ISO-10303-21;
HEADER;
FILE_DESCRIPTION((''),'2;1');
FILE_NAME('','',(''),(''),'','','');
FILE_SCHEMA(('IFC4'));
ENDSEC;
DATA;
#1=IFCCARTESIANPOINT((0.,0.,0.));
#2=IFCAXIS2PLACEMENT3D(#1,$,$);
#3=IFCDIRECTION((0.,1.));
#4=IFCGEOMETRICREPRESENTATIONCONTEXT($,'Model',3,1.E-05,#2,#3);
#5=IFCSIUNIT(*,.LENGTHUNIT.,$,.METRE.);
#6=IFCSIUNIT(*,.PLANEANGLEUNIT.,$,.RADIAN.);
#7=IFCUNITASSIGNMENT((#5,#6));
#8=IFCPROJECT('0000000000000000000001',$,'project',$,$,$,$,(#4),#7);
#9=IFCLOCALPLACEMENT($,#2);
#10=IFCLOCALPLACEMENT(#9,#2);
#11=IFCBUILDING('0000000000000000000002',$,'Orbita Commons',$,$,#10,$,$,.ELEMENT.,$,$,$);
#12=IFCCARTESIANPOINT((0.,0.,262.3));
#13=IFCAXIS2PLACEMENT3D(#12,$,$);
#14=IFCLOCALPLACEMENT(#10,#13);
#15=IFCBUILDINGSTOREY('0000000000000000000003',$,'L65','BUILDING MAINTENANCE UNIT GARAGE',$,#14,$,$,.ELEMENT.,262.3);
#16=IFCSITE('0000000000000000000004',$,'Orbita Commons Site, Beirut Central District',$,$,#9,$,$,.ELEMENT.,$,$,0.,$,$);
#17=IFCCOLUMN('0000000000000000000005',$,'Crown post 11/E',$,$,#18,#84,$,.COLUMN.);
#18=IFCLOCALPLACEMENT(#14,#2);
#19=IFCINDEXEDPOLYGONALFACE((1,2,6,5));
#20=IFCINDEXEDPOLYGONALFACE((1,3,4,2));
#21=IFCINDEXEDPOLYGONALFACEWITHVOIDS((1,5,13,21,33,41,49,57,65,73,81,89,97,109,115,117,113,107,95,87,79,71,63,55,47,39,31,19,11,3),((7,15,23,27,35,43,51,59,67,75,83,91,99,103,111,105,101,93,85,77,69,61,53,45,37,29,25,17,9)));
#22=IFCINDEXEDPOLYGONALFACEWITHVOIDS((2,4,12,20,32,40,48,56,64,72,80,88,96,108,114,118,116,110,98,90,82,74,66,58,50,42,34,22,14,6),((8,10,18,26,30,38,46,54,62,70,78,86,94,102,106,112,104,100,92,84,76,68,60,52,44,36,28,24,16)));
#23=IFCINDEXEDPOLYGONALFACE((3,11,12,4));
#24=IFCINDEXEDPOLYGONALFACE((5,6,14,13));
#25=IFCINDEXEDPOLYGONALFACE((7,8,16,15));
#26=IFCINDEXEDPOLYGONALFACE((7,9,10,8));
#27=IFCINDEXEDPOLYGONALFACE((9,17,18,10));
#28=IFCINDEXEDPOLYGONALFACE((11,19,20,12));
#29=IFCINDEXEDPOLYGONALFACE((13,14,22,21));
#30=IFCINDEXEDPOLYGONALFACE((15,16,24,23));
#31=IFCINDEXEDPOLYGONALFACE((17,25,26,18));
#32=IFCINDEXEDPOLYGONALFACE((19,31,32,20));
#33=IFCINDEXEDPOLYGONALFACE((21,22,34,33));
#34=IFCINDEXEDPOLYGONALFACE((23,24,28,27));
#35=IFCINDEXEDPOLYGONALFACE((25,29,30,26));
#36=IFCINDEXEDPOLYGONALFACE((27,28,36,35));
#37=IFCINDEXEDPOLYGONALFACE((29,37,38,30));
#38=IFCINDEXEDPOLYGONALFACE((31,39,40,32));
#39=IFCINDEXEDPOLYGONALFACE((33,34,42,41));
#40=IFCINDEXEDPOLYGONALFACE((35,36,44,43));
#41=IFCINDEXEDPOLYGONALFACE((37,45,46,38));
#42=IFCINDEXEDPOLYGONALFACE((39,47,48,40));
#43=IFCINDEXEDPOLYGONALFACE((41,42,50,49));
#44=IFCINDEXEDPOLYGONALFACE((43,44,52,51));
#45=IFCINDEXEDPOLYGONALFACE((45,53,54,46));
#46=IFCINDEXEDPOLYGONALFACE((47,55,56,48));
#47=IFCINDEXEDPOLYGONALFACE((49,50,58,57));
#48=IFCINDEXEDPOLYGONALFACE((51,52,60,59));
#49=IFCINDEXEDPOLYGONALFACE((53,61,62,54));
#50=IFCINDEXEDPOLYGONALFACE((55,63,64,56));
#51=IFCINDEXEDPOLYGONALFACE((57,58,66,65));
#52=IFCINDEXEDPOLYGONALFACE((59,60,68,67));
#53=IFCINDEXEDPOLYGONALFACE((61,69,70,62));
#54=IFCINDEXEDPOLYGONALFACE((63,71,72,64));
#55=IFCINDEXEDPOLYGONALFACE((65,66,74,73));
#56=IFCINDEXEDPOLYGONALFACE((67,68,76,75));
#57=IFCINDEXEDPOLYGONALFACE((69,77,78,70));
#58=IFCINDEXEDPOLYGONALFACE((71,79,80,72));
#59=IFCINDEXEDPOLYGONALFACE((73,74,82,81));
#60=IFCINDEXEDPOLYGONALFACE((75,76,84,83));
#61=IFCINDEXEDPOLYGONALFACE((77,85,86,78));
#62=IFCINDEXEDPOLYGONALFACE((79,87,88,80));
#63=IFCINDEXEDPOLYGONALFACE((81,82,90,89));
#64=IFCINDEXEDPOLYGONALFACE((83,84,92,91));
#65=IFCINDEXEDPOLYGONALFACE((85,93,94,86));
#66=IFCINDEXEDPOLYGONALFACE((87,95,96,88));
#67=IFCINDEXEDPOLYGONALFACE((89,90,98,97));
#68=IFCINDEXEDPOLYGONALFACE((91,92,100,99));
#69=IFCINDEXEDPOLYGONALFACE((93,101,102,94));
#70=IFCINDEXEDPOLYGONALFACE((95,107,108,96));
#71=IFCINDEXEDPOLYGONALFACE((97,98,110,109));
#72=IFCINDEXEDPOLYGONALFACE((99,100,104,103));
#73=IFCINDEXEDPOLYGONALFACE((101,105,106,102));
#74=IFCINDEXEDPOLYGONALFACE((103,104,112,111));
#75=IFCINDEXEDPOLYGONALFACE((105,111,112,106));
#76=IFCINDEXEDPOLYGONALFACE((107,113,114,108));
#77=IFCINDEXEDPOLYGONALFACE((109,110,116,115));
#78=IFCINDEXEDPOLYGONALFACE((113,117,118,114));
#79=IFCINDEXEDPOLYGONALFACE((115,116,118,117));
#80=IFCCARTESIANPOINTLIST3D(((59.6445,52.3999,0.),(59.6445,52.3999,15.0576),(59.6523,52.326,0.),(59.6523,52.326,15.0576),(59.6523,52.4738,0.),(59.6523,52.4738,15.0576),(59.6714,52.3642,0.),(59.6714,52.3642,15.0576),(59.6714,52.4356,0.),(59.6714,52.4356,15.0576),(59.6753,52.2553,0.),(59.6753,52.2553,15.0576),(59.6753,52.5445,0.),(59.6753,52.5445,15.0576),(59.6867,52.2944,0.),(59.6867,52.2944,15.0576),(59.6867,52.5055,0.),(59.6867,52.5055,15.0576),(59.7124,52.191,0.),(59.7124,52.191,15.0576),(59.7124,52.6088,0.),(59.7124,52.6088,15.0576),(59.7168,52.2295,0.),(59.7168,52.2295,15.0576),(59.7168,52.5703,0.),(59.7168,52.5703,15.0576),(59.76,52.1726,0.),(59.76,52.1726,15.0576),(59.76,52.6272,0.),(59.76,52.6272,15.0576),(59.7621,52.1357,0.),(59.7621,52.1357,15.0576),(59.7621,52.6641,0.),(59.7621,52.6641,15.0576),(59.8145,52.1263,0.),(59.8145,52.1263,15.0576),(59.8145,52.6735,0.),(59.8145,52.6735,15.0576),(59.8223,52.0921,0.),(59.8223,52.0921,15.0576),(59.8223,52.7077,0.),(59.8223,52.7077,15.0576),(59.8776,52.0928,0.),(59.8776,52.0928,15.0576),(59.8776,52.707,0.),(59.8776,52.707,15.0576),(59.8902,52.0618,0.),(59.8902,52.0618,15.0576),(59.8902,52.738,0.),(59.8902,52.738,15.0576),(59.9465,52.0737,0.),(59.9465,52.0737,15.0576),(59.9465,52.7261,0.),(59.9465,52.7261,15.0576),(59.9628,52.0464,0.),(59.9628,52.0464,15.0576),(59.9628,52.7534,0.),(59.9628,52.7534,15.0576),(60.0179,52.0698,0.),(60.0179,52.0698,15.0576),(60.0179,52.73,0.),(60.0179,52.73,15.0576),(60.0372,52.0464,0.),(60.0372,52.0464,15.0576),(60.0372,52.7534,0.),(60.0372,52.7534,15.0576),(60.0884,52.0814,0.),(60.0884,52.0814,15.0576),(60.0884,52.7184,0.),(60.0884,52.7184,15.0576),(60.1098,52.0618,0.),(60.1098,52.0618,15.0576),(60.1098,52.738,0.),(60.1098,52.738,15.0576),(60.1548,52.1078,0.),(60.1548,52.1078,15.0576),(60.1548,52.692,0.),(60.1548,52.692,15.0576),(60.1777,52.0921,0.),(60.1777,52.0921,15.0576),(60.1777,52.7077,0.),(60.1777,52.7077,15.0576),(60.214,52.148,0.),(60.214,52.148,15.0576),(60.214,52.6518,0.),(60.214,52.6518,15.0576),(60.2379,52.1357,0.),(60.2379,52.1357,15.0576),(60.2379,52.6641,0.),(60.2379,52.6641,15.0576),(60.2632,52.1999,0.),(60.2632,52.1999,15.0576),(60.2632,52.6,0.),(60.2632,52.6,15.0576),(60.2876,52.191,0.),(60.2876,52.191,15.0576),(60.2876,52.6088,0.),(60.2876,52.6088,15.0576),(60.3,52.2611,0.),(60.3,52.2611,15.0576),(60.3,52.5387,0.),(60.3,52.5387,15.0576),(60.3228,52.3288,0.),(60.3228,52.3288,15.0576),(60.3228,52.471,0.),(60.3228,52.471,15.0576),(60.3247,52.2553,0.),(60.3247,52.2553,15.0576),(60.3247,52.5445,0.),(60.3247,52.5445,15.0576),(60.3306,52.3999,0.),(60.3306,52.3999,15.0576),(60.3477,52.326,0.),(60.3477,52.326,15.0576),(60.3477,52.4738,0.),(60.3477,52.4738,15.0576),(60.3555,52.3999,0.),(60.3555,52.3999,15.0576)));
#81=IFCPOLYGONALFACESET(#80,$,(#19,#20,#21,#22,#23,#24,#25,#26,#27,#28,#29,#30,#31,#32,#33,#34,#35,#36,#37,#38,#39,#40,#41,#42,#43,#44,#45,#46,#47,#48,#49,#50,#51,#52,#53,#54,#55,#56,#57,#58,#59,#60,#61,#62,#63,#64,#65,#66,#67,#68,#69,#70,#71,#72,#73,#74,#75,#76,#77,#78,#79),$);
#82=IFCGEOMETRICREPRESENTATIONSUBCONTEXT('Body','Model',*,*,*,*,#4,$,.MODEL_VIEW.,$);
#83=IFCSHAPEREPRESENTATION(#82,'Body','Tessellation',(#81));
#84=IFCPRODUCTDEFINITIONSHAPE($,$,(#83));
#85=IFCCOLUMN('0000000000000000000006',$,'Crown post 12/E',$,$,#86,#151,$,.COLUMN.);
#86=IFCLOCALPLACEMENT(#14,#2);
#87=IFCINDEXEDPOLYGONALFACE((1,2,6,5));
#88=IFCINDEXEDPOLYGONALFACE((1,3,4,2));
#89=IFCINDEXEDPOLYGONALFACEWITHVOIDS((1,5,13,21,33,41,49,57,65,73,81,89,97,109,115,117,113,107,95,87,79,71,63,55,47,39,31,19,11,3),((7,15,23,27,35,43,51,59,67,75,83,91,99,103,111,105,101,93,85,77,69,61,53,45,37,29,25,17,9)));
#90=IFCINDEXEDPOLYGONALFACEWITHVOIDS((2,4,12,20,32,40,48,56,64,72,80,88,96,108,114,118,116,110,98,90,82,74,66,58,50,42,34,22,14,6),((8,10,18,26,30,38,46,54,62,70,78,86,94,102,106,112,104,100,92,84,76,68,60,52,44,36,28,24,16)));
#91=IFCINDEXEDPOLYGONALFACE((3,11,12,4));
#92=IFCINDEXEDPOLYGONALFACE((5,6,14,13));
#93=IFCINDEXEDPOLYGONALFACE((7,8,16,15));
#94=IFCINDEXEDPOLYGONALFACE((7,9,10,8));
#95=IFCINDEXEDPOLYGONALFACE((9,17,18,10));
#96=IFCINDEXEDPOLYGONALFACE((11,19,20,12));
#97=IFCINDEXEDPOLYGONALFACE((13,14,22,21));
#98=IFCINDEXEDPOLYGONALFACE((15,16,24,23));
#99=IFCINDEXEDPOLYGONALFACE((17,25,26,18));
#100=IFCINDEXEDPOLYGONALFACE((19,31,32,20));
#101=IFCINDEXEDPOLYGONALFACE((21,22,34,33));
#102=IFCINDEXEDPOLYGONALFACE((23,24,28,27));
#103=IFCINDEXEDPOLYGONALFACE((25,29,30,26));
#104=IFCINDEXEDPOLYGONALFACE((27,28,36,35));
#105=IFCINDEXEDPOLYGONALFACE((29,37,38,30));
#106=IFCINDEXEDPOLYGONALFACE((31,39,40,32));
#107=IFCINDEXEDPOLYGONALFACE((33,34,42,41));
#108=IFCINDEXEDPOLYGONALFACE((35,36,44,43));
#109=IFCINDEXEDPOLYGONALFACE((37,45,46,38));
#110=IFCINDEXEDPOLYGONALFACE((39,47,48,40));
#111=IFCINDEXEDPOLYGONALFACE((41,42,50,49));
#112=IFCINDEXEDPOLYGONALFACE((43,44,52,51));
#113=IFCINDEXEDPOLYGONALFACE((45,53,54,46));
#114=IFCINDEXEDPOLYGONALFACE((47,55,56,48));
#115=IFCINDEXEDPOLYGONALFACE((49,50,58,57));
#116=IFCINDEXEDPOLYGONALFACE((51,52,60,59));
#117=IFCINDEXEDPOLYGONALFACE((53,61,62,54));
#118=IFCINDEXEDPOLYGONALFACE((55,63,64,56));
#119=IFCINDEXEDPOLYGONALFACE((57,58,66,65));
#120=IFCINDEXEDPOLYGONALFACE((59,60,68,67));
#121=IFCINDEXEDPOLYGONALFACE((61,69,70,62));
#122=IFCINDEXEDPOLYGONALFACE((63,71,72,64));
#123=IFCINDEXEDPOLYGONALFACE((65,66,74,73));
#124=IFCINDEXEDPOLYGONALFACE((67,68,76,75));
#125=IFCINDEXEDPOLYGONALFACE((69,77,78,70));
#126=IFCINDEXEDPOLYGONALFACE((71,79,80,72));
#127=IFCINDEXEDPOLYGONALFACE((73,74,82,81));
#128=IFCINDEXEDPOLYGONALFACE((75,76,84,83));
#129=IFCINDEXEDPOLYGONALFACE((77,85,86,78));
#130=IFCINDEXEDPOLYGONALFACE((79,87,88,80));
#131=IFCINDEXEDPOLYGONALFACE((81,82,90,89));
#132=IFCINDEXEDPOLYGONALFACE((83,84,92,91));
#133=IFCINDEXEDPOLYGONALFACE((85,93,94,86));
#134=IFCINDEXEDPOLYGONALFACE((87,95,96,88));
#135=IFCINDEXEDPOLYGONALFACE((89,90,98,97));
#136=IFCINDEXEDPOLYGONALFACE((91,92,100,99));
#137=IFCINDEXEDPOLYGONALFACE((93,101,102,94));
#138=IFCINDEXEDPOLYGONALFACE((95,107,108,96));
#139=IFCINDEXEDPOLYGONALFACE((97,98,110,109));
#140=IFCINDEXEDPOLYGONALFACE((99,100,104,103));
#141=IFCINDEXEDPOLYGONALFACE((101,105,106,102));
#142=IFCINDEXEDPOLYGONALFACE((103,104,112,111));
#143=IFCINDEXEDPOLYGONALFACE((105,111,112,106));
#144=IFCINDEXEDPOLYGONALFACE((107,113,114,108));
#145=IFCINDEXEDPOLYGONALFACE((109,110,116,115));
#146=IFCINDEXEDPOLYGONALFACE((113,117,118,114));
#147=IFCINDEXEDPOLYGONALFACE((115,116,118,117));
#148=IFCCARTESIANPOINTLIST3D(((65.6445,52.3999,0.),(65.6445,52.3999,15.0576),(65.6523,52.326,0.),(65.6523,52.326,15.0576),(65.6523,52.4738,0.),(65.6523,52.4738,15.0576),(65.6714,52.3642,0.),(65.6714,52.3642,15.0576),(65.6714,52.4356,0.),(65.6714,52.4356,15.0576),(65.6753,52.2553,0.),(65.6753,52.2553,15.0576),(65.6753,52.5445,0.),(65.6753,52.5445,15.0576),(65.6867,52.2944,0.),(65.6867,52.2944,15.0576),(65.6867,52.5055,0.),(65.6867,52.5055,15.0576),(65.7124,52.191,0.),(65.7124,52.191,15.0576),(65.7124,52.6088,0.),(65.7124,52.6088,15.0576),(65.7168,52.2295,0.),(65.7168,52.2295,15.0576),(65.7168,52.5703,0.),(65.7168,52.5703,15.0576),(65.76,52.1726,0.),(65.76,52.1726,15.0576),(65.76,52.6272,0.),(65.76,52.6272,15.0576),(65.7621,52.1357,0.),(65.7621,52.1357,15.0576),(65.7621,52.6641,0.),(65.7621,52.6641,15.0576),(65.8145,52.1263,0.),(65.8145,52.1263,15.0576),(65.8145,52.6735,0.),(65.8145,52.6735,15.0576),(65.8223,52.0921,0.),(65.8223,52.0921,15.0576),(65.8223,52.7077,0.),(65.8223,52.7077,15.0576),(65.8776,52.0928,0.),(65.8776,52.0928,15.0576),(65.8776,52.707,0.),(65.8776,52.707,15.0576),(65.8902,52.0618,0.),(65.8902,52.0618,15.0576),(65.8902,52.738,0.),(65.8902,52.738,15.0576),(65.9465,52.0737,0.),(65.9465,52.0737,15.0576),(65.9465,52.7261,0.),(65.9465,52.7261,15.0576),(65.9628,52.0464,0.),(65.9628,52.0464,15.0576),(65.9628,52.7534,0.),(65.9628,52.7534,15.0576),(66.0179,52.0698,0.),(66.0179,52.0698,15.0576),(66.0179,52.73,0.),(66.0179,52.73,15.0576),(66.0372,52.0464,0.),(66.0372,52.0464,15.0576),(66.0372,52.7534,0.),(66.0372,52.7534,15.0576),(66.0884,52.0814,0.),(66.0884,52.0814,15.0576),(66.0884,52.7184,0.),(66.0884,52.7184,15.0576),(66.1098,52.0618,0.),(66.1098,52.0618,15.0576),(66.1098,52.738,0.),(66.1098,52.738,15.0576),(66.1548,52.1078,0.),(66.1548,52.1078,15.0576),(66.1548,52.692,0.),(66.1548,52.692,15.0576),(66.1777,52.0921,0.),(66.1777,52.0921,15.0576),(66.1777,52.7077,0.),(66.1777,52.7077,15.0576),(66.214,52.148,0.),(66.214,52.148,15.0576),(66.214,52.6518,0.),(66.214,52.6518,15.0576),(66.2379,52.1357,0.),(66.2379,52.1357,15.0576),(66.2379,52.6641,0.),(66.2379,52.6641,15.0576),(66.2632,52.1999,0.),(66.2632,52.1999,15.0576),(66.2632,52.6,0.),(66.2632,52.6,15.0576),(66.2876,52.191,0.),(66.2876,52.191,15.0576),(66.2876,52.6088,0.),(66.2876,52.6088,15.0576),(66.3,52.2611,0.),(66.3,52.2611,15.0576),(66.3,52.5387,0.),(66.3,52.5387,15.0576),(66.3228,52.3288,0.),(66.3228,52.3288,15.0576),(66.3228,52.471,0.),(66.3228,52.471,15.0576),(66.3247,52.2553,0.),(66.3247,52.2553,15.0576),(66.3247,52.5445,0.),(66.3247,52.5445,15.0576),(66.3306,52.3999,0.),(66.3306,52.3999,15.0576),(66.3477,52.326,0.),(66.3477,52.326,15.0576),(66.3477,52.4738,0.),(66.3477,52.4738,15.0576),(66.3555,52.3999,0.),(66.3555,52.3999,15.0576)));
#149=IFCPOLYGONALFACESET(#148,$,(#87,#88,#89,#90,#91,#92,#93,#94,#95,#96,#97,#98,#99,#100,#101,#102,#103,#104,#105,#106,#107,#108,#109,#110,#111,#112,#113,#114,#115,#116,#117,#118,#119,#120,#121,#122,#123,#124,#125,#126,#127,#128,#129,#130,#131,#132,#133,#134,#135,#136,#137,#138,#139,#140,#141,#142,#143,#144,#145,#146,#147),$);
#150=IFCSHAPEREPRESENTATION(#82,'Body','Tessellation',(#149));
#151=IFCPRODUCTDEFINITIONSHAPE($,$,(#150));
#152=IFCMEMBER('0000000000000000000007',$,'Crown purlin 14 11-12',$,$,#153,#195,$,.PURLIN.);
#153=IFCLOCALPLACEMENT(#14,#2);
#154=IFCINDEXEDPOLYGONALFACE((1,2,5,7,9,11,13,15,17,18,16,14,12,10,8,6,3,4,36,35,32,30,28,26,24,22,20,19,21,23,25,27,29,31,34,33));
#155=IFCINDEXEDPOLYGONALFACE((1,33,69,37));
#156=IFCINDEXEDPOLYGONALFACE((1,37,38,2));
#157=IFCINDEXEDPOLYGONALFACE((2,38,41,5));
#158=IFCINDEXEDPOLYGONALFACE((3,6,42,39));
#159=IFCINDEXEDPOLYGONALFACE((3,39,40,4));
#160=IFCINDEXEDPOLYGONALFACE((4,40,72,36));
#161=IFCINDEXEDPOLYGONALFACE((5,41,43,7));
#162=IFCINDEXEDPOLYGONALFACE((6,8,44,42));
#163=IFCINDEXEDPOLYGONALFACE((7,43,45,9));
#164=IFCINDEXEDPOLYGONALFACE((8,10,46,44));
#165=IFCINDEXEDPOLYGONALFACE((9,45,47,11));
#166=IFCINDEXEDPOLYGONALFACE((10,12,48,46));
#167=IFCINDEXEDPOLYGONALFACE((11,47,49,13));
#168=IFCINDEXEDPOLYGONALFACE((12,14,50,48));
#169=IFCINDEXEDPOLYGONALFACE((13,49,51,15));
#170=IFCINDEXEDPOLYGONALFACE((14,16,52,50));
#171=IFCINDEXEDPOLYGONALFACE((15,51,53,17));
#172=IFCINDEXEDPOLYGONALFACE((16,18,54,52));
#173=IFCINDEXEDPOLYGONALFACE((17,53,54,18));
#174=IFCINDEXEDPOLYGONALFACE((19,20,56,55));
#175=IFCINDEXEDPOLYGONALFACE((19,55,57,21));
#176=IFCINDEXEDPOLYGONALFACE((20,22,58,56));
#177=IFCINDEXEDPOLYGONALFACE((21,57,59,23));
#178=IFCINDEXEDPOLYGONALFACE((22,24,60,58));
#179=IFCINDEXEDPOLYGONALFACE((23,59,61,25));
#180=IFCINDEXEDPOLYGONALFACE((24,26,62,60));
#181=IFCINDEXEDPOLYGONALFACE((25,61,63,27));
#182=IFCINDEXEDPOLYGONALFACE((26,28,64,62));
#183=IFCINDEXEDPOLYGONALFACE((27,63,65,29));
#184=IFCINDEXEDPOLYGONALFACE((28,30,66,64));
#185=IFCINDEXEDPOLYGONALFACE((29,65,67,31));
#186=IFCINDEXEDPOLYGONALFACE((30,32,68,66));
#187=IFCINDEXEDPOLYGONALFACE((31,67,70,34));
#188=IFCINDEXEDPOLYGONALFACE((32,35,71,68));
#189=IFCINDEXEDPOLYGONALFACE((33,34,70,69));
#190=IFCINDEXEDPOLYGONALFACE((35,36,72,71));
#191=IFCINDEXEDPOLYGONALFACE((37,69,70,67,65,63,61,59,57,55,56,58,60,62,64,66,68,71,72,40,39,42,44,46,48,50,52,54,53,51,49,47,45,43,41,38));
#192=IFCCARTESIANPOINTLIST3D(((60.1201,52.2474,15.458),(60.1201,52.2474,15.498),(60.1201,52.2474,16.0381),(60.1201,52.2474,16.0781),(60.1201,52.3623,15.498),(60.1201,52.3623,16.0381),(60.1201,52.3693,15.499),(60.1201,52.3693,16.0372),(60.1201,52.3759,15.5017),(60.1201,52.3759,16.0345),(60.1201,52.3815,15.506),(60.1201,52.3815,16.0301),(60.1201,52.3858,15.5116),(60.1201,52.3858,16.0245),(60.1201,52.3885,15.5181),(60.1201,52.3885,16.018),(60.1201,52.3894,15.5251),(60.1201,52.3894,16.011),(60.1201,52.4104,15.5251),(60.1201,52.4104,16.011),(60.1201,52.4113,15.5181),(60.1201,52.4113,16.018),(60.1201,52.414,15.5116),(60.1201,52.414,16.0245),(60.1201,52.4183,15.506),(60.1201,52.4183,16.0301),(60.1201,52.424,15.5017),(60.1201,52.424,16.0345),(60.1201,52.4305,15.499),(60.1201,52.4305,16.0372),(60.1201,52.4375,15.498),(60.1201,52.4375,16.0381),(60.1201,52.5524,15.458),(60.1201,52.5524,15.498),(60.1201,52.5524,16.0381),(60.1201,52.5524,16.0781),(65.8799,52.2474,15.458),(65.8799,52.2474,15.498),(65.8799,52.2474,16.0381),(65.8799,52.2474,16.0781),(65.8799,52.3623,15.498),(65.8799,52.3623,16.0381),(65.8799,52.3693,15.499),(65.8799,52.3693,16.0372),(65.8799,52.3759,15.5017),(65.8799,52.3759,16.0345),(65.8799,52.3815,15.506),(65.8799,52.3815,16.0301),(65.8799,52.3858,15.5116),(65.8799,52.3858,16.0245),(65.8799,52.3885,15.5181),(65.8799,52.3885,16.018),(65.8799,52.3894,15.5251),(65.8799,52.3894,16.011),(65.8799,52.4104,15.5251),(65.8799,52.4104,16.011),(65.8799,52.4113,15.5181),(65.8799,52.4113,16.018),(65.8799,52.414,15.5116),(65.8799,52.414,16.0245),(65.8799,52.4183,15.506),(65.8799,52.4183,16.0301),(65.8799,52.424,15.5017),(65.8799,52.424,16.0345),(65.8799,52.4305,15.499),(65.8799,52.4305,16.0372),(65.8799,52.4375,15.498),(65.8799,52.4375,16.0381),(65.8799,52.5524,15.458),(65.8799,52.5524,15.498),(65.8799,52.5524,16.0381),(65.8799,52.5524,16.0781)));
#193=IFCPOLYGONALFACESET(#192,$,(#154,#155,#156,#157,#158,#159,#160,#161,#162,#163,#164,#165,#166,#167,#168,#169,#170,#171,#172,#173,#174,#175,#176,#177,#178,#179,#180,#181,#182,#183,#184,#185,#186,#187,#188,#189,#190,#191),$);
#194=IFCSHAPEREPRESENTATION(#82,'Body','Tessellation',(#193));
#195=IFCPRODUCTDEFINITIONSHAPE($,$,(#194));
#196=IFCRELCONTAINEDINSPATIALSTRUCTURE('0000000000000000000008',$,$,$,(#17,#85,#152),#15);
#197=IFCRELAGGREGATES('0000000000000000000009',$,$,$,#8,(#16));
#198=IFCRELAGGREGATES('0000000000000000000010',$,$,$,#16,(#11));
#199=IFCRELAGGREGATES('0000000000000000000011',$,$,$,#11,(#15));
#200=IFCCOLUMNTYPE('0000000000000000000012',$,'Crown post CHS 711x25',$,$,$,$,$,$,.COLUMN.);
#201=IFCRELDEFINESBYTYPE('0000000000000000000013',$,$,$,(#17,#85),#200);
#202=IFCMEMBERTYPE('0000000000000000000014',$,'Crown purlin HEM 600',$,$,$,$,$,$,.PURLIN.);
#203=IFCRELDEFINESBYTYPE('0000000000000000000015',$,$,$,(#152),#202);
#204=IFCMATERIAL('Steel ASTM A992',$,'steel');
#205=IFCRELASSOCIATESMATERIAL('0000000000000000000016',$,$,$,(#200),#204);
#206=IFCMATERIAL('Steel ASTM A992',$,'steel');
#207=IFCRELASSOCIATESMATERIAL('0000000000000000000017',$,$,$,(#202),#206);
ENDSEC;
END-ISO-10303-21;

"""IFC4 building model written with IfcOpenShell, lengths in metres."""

from ifc_helpers import new_model, si_unit, direction, frame, origin, origin_2d, place, context, subcontext, project, spatial, hollow_circle, i_section, extrude, material, material_profile, profile_set, type_object, element, save


model = new_model("IFC4")

# Units and contexts
model_context = context("Model", 3, precision=1e-05, world=origin(), true_north=direction((0.0, 1.0)))
body_context = subcontext(model_context, "Body", "Model", "MODEL_VIEW")
ifc_project = project(units=[si_unit("LENGTHUNIT", "METRE"), si_unit("PLANEANGLEUNIT", "RADIAN")], contexts=[model_context])

# Site, building, storey
site_placement = place(None, origin())
site = spatial("IfcSite", under=ifc_project, at=site_placement, Name="Orbita Commons Site, Beirut Central District", CompositionType="ELEMENT", RefElevation=0.0)
building_placement = place(site_placement, origin())
building = spatial("IfcBuilding", under=site, at=building_placement, Name="Orbita Commons", CompositionType="ELEMENT")
storey_placement = place(building_placement, frame((0.0, 0.0, 262.3)))
storey = spatial("IfcBuildingStorey", under=building, at=storey_placement, Name="L65", Description="BUILDING MAINTENANCE UNIT GARAGE", CompositionType="ELEMENT", Elevation=262.3)

# Columns
ifc_material_1 = material(Name="Steel ASTM A992", Category="steel")
ifc_material_profile_1 = material_profile(ifc_material_1, hollow_circle(Radius=0.3555, WallThickness=0.0249, at=origin_2d()), Name="CHS 711x25")
ifc_profile_set_1 = profile_set([ifc_material_profile_1], Name="Steel ASTM A992")
column_type = type_object("IfcColumnType", Name="Crown post CHS 711x25", PredefinedType="COLUMN", material=ifc_profile_set_1)
for number, where, z_axis, x_axis, name in (
    (1, (60.0, 52.3999, 0.0), (0.0, 0.0, 1.0), (1.0, 0.0, 0.0), "Crown post 11/E"),
    (2, (66.0, 52.3999, 0.0), (0.0, 0.0, 1.0), (1.0, 0.0, 0.0), "Crown post 12/E"),
):
    element("IfcColumn", number, at=place(storey_placement, frame(where, z_axis=z_axis, x_axis=x_axis)), inside=storey, type_object=column_type, Name=name, PredefinedType="COLUMN", context=body_context, shape_type="SweptSolid", body=[
        extrude(hollow_circle(Radius=0.3555, WallThickness=0.0249, at=origin_2d()), origin(), (0.0, 0.0, 1.0), 15.0576),
    ])

# Member
ifc_material_2 = material(Name="Steel ASTM A992", Category="steel")
ifc_material_profile_2 = material_profile(ifc_material_2, i_section(OverallWidth=0.3049, OverallDepth=0.6201, WebThickness=0.021, FlangeThickness=0.04, FilletRadius=0.0271, at=origin_2d()), Name="HEM 600")
ifc_profile_set_2 = profile_set([ifc_material_profile_2], Name="Steel ASTM A992")
member_type_1 = type_object("IfcMemberType", Name="Crown purlin HEM 600", PredefinedType="PURLIN", material=ifc_profile_set_2)
member_1_placement = place(storey_placement, frame((60.1201, 52.3999, 15.7681), z_axis=(1.0, 0.0, 0.0), x_axis=(0.0, 1.0, 0.0)))
element("IfcMember", 3, at=member_1_placement, inside=storey, type_object=member_type_1, Name="Crown purlin 14 11-12", PredefinedType="PURLIN", context=body_context, shape_type="SweptSolid", body=[
    extrude(i_section(OverallWidth=0.3049, OverallDepth=0.6201, WebThickness=0.021, FlangeThickness=0.04, FilletRadius=0.0271, at=origin_2d()), origin(), (0.0, 0.0, 1.0), 5.7598),
])

save(model, "model.ifc")
